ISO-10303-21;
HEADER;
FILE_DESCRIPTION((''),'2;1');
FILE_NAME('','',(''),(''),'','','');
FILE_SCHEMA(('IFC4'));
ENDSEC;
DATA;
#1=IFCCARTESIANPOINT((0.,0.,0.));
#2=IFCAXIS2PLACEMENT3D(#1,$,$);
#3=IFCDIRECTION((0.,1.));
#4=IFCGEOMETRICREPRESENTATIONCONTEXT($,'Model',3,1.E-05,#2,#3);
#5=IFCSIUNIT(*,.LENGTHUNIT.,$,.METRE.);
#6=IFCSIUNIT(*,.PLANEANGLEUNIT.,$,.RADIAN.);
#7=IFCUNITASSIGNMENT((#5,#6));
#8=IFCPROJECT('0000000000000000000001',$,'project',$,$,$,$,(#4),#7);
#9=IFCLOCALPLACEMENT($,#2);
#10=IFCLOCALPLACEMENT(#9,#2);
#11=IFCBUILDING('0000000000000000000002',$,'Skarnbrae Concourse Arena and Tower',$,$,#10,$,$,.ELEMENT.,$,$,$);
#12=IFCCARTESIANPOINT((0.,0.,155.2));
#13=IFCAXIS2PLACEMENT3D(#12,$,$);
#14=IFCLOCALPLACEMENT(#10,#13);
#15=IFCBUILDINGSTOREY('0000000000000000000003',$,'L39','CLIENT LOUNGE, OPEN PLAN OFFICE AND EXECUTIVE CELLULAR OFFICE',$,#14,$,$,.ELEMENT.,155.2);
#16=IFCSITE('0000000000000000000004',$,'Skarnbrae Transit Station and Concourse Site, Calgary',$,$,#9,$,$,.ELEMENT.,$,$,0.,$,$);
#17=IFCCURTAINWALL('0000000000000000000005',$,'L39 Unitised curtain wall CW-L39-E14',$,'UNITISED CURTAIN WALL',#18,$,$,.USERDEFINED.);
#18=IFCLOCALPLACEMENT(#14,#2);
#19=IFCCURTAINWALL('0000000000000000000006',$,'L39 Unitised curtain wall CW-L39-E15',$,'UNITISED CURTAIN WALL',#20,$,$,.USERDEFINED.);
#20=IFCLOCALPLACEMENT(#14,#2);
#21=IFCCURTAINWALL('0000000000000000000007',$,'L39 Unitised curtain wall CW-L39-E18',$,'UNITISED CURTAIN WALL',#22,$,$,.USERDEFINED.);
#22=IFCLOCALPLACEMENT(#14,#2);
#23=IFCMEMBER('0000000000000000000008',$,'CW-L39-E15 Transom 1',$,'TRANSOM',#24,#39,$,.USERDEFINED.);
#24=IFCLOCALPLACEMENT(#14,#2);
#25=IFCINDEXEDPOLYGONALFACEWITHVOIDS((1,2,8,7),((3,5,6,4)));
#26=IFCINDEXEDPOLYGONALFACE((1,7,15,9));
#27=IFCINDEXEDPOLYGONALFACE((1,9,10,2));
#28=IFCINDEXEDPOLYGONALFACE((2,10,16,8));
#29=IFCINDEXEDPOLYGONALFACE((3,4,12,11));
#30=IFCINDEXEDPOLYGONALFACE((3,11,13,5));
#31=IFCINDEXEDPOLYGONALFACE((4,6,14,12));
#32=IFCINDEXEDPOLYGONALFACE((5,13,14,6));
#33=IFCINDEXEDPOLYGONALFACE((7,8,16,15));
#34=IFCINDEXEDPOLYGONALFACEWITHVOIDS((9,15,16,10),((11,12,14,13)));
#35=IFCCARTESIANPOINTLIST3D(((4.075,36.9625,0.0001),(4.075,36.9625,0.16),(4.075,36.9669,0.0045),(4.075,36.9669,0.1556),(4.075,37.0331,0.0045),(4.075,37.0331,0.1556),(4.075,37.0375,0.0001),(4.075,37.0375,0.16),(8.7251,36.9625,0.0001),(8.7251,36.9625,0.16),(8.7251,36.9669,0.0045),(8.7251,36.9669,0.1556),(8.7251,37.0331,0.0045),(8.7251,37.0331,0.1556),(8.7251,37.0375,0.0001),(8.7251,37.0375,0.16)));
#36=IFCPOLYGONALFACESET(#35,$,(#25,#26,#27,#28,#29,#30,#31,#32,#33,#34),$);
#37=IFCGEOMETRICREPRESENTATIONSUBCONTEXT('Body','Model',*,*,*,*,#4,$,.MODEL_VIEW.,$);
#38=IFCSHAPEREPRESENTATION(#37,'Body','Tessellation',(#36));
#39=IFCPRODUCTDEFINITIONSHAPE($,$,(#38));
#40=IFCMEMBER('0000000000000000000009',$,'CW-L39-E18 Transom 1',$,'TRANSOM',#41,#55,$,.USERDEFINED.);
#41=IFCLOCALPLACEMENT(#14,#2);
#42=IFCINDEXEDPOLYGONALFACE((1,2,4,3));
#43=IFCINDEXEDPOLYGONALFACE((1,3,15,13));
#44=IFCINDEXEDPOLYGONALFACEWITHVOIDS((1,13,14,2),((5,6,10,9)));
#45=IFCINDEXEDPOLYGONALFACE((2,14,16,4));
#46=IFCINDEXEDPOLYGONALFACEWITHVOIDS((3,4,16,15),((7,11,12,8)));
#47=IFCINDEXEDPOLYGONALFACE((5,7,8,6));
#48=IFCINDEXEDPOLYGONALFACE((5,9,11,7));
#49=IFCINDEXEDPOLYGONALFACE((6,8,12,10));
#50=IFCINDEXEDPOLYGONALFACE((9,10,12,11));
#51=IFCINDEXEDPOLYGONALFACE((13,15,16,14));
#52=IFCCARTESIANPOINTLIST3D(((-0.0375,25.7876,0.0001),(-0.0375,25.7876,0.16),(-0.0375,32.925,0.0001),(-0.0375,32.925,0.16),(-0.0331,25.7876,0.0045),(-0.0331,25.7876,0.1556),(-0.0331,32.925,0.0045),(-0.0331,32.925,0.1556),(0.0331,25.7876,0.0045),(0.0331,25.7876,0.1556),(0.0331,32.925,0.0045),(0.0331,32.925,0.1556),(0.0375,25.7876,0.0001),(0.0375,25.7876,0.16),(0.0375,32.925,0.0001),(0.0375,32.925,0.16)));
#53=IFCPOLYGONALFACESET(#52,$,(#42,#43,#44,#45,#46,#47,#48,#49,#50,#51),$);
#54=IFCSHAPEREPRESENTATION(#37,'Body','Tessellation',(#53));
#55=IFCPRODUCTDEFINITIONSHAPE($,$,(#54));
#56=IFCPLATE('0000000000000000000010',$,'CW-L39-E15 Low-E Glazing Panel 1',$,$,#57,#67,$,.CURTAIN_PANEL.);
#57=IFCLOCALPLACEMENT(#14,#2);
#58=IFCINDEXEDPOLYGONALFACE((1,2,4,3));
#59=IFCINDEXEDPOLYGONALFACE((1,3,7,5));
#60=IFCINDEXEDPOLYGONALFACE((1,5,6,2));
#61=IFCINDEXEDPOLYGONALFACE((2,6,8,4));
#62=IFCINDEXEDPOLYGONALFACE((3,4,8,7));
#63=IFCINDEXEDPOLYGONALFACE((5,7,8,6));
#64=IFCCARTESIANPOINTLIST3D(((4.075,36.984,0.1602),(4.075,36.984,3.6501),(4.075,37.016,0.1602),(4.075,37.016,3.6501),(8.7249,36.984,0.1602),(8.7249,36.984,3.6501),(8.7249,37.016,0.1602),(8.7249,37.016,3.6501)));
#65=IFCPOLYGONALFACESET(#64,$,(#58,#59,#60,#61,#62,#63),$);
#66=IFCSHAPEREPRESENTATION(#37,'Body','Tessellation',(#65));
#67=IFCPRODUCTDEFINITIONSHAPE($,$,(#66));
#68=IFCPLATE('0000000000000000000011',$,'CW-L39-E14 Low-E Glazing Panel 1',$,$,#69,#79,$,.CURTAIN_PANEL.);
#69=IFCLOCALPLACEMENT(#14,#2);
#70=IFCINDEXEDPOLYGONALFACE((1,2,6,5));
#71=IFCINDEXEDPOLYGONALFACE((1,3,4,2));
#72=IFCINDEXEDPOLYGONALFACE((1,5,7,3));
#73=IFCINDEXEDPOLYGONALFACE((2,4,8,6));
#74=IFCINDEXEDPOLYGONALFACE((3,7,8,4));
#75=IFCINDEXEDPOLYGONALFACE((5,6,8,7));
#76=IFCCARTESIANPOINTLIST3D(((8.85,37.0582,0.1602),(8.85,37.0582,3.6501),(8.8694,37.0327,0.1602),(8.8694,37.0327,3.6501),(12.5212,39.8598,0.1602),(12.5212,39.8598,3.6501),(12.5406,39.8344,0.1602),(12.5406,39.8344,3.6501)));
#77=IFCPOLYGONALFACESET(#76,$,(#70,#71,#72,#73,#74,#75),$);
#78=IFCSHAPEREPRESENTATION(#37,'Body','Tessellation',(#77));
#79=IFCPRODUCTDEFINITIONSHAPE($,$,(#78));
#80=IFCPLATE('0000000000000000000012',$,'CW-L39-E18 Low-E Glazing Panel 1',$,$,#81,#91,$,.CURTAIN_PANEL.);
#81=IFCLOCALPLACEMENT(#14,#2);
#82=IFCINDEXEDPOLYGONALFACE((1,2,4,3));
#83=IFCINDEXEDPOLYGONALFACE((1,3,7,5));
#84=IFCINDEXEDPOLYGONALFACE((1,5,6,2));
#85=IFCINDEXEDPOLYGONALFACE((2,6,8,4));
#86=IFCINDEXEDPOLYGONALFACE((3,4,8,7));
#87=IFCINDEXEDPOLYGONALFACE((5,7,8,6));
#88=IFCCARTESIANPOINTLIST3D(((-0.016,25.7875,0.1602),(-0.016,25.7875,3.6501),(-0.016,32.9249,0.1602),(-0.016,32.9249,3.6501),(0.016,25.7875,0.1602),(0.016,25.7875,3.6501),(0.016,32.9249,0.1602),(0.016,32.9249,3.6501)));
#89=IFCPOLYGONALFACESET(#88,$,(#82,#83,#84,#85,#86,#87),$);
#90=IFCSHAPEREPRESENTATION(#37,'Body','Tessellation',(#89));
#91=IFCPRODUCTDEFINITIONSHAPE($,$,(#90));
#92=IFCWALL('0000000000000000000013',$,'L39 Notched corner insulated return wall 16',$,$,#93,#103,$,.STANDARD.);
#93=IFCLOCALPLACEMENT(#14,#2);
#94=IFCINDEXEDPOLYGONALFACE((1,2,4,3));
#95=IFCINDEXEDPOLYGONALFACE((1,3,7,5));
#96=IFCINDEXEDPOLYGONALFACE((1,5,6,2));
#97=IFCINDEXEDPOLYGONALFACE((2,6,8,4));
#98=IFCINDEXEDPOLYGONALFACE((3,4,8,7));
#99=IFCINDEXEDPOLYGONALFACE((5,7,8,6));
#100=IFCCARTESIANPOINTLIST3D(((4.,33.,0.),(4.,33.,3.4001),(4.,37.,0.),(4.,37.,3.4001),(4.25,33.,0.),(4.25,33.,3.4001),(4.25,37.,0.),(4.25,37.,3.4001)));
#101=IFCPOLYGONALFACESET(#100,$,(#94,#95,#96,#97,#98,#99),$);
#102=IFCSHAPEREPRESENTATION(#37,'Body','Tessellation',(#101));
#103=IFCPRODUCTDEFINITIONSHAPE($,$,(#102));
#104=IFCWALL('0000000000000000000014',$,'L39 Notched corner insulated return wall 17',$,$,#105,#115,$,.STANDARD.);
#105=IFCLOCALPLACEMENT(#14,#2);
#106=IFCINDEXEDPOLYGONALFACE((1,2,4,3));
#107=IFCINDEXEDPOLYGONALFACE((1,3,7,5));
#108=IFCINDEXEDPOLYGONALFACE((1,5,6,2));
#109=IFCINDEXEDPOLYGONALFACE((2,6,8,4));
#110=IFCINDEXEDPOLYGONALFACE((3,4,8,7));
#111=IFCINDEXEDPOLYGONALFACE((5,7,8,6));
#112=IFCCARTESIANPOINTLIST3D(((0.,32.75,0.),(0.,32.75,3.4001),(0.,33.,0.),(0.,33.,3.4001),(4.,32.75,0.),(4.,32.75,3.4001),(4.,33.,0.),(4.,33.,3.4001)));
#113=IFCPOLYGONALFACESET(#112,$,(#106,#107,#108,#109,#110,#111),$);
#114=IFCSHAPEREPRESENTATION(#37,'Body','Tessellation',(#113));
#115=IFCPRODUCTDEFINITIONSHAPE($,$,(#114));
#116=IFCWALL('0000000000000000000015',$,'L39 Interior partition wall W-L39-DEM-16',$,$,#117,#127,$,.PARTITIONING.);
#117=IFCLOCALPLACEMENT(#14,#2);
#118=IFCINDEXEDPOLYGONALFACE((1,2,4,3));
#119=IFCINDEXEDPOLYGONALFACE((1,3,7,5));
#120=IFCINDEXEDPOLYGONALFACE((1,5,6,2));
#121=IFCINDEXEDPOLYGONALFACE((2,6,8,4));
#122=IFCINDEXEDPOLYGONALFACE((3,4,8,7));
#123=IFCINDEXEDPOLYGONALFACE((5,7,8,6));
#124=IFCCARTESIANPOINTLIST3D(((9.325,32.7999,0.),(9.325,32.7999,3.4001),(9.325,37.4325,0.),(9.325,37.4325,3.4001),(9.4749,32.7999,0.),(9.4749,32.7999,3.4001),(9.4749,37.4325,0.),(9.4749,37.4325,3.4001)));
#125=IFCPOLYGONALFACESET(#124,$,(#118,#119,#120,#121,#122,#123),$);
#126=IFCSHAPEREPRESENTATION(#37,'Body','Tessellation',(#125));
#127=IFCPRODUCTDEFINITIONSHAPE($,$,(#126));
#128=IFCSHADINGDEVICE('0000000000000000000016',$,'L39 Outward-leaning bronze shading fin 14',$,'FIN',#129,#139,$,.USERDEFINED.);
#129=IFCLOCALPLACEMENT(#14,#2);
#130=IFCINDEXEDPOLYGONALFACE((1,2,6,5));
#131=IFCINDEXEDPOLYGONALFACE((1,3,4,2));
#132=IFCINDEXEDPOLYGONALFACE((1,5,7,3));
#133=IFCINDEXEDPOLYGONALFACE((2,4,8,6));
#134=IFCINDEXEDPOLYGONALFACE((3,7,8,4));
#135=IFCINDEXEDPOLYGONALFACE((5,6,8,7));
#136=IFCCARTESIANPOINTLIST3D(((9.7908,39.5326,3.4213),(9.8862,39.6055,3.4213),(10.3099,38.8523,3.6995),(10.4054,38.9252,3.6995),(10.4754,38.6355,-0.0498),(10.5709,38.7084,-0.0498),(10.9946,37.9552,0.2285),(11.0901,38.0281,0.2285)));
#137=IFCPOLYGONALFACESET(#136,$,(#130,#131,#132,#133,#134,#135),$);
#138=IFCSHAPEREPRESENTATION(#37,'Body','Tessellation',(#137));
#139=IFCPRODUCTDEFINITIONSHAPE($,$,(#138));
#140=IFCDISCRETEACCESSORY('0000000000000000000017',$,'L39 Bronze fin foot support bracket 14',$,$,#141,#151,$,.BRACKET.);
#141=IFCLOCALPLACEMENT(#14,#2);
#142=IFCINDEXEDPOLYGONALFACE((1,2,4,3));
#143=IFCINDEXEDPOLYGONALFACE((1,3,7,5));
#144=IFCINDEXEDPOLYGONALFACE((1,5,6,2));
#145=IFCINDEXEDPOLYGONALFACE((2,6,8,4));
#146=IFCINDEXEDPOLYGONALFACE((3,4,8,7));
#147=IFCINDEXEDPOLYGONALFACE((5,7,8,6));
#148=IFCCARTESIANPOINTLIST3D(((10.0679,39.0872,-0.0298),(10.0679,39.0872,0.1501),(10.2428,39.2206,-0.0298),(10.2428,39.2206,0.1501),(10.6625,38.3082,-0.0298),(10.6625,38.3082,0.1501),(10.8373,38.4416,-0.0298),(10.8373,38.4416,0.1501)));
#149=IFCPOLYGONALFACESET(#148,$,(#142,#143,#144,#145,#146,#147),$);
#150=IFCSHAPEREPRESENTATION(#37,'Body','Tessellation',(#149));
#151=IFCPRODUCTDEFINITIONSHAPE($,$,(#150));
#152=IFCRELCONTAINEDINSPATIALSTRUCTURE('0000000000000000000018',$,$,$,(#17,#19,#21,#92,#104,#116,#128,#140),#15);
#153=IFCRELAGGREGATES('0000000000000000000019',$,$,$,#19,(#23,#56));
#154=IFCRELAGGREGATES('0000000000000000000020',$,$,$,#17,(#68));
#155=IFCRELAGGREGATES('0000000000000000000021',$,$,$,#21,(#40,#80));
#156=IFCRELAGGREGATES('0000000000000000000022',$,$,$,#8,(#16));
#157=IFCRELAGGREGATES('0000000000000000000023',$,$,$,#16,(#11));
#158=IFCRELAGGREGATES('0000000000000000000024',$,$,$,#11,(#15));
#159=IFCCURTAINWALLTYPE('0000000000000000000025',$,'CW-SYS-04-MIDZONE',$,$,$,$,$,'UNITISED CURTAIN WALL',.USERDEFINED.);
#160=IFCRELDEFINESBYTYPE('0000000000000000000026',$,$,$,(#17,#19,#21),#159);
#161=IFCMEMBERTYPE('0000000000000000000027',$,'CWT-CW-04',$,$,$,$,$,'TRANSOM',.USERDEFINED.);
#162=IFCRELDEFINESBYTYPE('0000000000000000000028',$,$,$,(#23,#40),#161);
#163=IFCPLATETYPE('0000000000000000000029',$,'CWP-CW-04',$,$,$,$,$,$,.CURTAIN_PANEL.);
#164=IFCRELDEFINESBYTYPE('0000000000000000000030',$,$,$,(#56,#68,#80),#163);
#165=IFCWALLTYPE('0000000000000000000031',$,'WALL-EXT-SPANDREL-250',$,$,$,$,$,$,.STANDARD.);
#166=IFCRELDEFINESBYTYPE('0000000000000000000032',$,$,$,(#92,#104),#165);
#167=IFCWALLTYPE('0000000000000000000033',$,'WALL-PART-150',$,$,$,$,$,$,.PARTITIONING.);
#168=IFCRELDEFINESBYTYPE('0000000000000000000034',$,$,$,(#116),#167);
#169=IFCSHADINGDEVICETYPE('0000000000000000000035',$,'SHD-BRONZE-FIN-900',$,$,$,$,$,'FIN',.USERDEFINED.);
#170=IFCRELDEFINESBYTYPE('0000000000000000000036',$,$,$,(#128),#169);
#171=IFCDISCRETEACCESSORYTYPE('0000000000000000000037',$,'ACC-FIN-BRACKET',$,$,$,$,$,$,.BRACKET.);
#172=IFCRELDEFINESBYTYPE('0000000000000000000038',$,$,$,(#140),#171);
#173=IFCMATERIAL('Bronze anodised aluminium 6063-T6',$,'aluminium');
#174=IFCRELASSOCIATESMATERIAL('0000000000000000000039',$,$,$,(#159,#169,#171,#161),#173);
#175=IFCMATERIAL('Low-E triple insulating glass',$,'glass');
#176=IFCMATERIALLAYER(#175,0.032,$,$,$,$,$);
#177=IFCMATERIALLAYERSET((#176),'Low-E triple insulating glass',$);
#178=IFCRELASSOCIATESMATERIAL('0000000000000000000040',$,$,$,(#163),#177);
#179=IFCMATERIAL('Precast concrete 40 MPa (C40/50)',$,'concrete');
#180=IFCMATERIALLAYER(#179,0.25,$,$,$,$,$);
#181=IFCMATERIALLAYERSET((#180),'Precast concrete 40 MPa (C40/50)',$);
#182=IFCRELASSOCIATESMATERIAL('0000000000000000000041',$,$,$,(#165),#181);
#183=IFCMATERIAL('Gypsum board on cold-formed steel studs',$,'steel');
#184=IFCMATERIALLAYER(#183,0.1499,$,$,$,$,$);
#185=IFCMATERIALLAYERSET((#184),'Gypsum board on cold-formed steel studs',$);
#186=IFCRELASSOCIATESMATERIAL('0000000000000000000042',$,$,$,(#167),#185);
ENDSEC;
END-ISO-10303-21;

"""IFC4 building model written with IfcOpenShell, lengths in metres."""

from ifc_helpers import new_model, si_unit, direction, frame, frame_2d, origin, origin_2d, place, context, subcontext, project, spatial, rectangle, hollow_rectangle, extrude, source, transform, mapped, material, layer, layer_set, material_profile, profile_set, type_object, element, aggregate, save


model = new_model("IFC4")

# Units and contexts
model_context = context("Model", 3, precision=1e-05, world=origin(), true_north=direction((0.0, 1.0)))
body_context = subcontext(model_context, "Body", "Model", "MODEL_VIEW")
ifc_project = project(units=[si_unit("LENGTHUNIT", "METRE"), si_unit("PLANEANGLEUNIT", "RADIAN")], contexts=[model_context])

# Site, building, storey
site_placement = place(None, origin())
site = spatial("IfcSite", under=ifc_project, at=site_placement, Name="Skarnbrae Transit Station and Concourse Site, Calgary", CompositionType="ELEMENT", RefElevation=0.0)
building_placement = place(site_placement, origin())
building = spatial("IfcBuilding", under=site, at=building_placement, Name="Skarnbrae Concourse Arena and Tower", CompositionType="ELEMENT")
storey_placement = place(building_placement, frame((0.0, 0.0, 155.2)))
storey = spatial("IfcBuildingStorey", under=building, at=storey_placement, Name="L39", Description="CLIENT LOUNGE, OPEN PLAN OFFICE AND EXECUTIVE CELLULAR OFFICE", CompositionType="ELEMENT", Elevation=155.2)

# Curtain wall
ifc_material_1 = material(Name="Bronze anodised aluminium 6063-T6", Category="aluminium")
curtain_wall_type = type_object("IfcCurtainWallType", Name="CW-SYS-04-MIDZONE", ElementType="UNITISED CURTAIN WALL", PredefinedType="USERDEFINED", material=ifc_material_1)
curtain_wall_1_placement = place(storey_placement, origin())
curtain_wall_1 = element("IfcCurtainWall", 1, at=curtain_wall_1_placement, inside=storey, type_object=curtain_wall_type, Name="L39 Unitised curtain wall CW-L39-E14", ObjectType="UNITISED CURTAIN WALL", PredefinedType="USERDEFINED")

# Curtain wall
curtain_wall_2_placement = place(storey_placement, origin())
curtain_wall_2 = element("IfcCurtainWall", 2, at=curtain_wall_2_placement, inside=storey, type_object=curtain_wall_type, Name="L39 Unitised curtain wall CW-L39-E15", ObjectType="UNITISED CURTAIN WALL", PredefinedType="USERDEFINED")

# Curtain wall
curtain_wall_3_placement = place(storey_placement, origin())
curtain_wall_3 = element("IfcCurtainWall", 3, at=curtain_wall_3_placement, inside=storey, type_object=curtain_wall_type, Name="L39 Unitised curtain wall CW-L39-E18", ObjectType="UNITISED CURTAIN WALL", PredefinedType="USERDEFINED")

# Members
ifc_material_profile_1 = material_profile(ifc_material_1, hollow_rectangle(XDim=0.075, YDim=0.1599, WallThickness=0.0044, at=origin_2d()), Name="ALU-TRAN-75X160")
ifc_profile_set_1 = profile_set([ifc_material_profile_1], Name="Bronze anodised aluminium 6063-T6")
member_type_1 = type_object("IfcMemberType", Name="CWT-CW-04", ElementType="TRANSOM", PredefinedType="USERDEFINED", material=ifc_profile_set_1)
shared_shape_1 = source(origin(), body_context, "Body", "SweptSolid", [
    extrude(hollow_rectangle(XDim=0.075, YDim=0.1599, WallThickness=0.0044, at=origin_2d()), origin(), (0.0, 0.0, 1.0), 4.6501),
])
member_1_placement = place(storey_placement, frame((8.7251, 37.0, 0.0801), z_axis=(-1.0, 0.0, 0.0), x_axis=(0.0, -1.0, 0.0)))
member_1 = element("IfcMember", 4, at=member_1_placement, type_object=member_type_1, Name="CW-L39-E15 Transom 1", ObjectType="TRANSOM", PredefinedType="USERDEFINED", context=body_context, shape_type="MappedRepresentation", body=[
    mapped(shared_shape_1, transform((0.0, 0.0, 0.0))),
])
shared_shape_2 = source(origin(), body_context, "Body", "SweptSolid", [
    extrude(hollow_rectangle(XDim=0.075, YDim=0.1599, WallThickness=0.0044, at=origin_2d()), origin(), (0.0, 0.0, 1.0), 7.1375),
])
member_2_placement = place(storey_placement, frame((0.0, 32.925, 0.0801), z_axis=(0.0, -1.0, 0.0), x_axis=(1.0, 0.0, 0.0)))
member_2 = element("IfcMember", 5, at=member_2_placement, type_object=member_type_1, Name="CW-L39-E18 Transom 1", ObjectType="TRANSOM", PredefinedType="USERDEFINED", context=body_context, shape_type="MappedRepresentation", body=[
    mapped(shared_shape_2, transform((0.0, 0.0, 0.0))),
])

# Plates
ifc_material_2 = material(Name="Low-E triple insulating glass", Category="glass")
ifc_layer_1 = layer(ifc_material_2, 0.032)
ifc_layer_set_1 = layer_set([ifc_layer_1], Name="Low-E triple insulating glass")
plate_type = type_object("IfcPlateType", Name="CWP-CW-04", PredefinedType="CURTAIN_PANEL", material=ifc_layer_set_1)
shared_shape_3 = source(origin(), body_context, "Body", "SweptSolid", [
    extrude(rectangle(XDim=4.6499, YDim=0.032, at=origin_2d()), origin(), (0.0, 0.0, 1.0), 3.49),
])
plate_1_placement = place(storey_placement, frame((6.3999, 37.0, 0.1602), z_axis=(0.0, 0.0, 1.0), x_axis=(-1.0, 0.0, 0.0)))
plate_1 = element("IfcPlate", 6, at=plate_1_placement, type_object=plate_type, Name="CW-L39-E15 Low-E Glazing Panel 1", PredefinedType="CURTAIN_PANEL", context=body_context, shape_type="MappedRepresentation", body=[
    mapped(shared_shape_3, transform((0.0, 0.0, 0.0))),
])
aggregate(curtain_wall_2, [member_1, plate_1])
shared_shape_4 = source(origin(), body_context, "Body", "SweptSolid", [
    extrude(rectangle(XDim=4.6182, YDim=0.032, at=origin_2d()), origin(), (0.0, 0.0, 1.0), 3.49),
])
plate_2_placement = place(storey_placement, frame((10.6953, 38.4463, 0.1602), z_axis=(0.0, 0.0, 1.0), x_axis=(-0.794956, -0.606667, 0.0)))
plate_2 = element("IfcPlate", 7, at=plate_2_placement, type_object=plate_type, Name="CW-L39-E14 Low-E Glazing Panel 1", PredefinedType="CURTAIN_PANEL", context=body_context, shape_type="MappedRepresentation", body=[
    mapped(shared_shape_4, transform((0.0, 0.0, 0.0))),
])
aggregate(curtain_wall_1, [plate_2])
shared_shape_5 = source(origin(), body_context, "Body", "SweptSolid", [
    extrude(rectangle(XDim=7.1375, YDim=0.032, at=origin_2d()), origin(), (0.0, 0.0, 1.0), 3.49),
])
plate_3_placement = place(storey_placement, frame((0.0, 29.3562, 0.1602), z_axis=(0.0, 0.0, 1.0), x_axis=(0.0, -1.0, 0.0)))
plate_3 = element("IfcPlate", 8, at=plate_3_placement, type_object=plate_type, Name="CW-L39-E18 Low-E Glazing Panel 1", PredefinedType="CURTAIN_PANEL", context=body_context, shape_type="MappedRepresentation", body=[
    mapped(shared_shape_5, transform((0.0, 0.0, 0.0))),
])
aggregate(curtain_wall_3, [member_2, plate_3])

# Walls
ifc_material_3 = material(Name="Precast concrete 40 MPa (C40/50)", Category="concrete")
ifc_layer_2 = layer(ifc_material_3, 0.25)
ifc_layer_set_2 = layer_set([ifc_layer_2], Name="Precast concrete 40 MPa (C40/50)")
wall_type_1 = type_object("IfcWallType", Name="WALL-EXT-SPANDREL-250", PredefinedType="STANDARD", material=ifc_layer_set_2)
shared_shape_6 = source(origin(), body_context, "Body", "SweptSolid", [
    extrude(rectangle(XDim=4.0, YDim=0.25, at=frame_2d((2.0, 0.0))), origin(), (0.0, 0.0, 1.0), 3.4001),
])
for number, where, z_axis, x_axis, name in (
    (9, (4.125, 37.0, 0.0), (0.0, 0.0, 1.0), (0.0, -1.0, 0.0), "L39 Notched corner insulated return wall 16"),
    (10, (4.0, 32.875, 0.0), (0.0, 0.0, 1.0), (-1.0, 0.0, 0.0), "L39 Notched corner insulated return wall 17"),
):
    element("IfcWall", number, at=place(storey_placement, frame(where, z_axis=z_axis, x_axis=x_axis)), inside=storey, type_object=wall_type_1, Name=name, PredefinedType="STANDARD", context=body_context, shape_type="MappedRepresentation", body=[
        mapped(shared_shape_6, transform((0.0, 0.0, 0.0))),
    ])

# Shared definitions
ifc_material_4 = material(Name="Gypsum board on cold-formed steel studs", Category="steel")

# Wall
ifc_layer_3 = layer(ifc_material_4, 0.1499)
ifc_layer_set_3 = layer_set([ifc_layer_3], Name="Gypsum board on cold-formed steel studs")
wall_type_2 = type_object("IfcWallType", Name="WALL-PART-150", PredefinedType="PARTITIONING", material=ifc_layer_set_3)
shared_shape_7 = source(origin(), body_context, "Body", "SweptSolid", [
    extrude(rectangle(XDim=4.6326, YDim=0.1499, at=frame_2d((2.3164, 0.0))), origin(), (0.0, 0.0, 1.0), 3.4001),
])
wall_1_placement = place(storey_placement, frame((9.3999, 37.4326, 0.0), z_axis=(0.0, 0.0, 1.0), x_axis=(0.0, -1.0, 0.0)))
element("IfcWall", 11, at=wall_1_placement, inside=storey, type_object=wall_type_2, Name="L39 Interior partition wall W-L39-DEM-16", PredefinedType="PARTITIONING", context=body_context, shape_type="MappedRepresentation", body=[
    mapped(shared_shape_7, transform((0.0, 0.0, 0.0))),
])

# Shading device
shading_device_type = type_object("IfcShadingDeviceType", Name="SHD-BRONZE-FIN-900", ElementType="FIN", PredefinedType="USERDEFINED", material=ifc_material_1)
shared_shape_8 = source(origin(), body_context, "Body", "SweptSolid", [
    extrude(rectangle(XDim=0.1201, YDim=0.8999, at=origin_2d()), origin(), (0.0, 0.0, 1.0), 3.6499),
])
shading_device_placement = place(storey_placement, frame((10.7827, 38.3318, 0.0894), z_axis=(-0.187572, 0.245787, 0.951003), x_axis=(0.794955, 0.606668, 0.0)))
element("IfcShadingDevice", 12, at=shading_device_placement, inside=storey, type_object=shading_device_type, Name="L39 Outward-leaning bronze shading fin 14", ObjectType="FIN", PredefinedType="USERDEFINED", context=body_context, shape_type="MappedRepresentation", body=[
    mapped(shared_shape_8, transform((0.0, 0.0, 0.0))),
])

# Discrete accessory
discrete_accessory_type = type_object("IfcDiscreteAccessoryType", Name="ACC-FIN-BRACKET", PredefinedType="BRACKET", material=ifc_material_1)
shared_shape_9 = source(origin(), body_context, "Body", "SweptSolid", [
    extrude(rectangle(XDim=0.22, YDim=0.98, at=origin_2d()), origin(), (0.0, 0.0, 1.0), 0.1799),
])
discrete_accessory_placement = place(storey_placement, frame((10.4526, 38.7644, -0.0298), z_axis=(0.0, 0.0, 1.0), x_axis=(0.794955, 0.606668, 0.0)))
element("IfcDiscreteAccessory", 13, at=discrete_accessory_placement, inside=storey, type_object=discrete_accessory_type, Name="L39 Bronze fin foot support bracket 14", PredefinedType="BRACKET", context=body_context, shape_type="MappedRepresentation", body=[
    mapped(shared_shape_9, transform((0.0, 0.0, 0.0))),
])

save(model, "model.ifc")
